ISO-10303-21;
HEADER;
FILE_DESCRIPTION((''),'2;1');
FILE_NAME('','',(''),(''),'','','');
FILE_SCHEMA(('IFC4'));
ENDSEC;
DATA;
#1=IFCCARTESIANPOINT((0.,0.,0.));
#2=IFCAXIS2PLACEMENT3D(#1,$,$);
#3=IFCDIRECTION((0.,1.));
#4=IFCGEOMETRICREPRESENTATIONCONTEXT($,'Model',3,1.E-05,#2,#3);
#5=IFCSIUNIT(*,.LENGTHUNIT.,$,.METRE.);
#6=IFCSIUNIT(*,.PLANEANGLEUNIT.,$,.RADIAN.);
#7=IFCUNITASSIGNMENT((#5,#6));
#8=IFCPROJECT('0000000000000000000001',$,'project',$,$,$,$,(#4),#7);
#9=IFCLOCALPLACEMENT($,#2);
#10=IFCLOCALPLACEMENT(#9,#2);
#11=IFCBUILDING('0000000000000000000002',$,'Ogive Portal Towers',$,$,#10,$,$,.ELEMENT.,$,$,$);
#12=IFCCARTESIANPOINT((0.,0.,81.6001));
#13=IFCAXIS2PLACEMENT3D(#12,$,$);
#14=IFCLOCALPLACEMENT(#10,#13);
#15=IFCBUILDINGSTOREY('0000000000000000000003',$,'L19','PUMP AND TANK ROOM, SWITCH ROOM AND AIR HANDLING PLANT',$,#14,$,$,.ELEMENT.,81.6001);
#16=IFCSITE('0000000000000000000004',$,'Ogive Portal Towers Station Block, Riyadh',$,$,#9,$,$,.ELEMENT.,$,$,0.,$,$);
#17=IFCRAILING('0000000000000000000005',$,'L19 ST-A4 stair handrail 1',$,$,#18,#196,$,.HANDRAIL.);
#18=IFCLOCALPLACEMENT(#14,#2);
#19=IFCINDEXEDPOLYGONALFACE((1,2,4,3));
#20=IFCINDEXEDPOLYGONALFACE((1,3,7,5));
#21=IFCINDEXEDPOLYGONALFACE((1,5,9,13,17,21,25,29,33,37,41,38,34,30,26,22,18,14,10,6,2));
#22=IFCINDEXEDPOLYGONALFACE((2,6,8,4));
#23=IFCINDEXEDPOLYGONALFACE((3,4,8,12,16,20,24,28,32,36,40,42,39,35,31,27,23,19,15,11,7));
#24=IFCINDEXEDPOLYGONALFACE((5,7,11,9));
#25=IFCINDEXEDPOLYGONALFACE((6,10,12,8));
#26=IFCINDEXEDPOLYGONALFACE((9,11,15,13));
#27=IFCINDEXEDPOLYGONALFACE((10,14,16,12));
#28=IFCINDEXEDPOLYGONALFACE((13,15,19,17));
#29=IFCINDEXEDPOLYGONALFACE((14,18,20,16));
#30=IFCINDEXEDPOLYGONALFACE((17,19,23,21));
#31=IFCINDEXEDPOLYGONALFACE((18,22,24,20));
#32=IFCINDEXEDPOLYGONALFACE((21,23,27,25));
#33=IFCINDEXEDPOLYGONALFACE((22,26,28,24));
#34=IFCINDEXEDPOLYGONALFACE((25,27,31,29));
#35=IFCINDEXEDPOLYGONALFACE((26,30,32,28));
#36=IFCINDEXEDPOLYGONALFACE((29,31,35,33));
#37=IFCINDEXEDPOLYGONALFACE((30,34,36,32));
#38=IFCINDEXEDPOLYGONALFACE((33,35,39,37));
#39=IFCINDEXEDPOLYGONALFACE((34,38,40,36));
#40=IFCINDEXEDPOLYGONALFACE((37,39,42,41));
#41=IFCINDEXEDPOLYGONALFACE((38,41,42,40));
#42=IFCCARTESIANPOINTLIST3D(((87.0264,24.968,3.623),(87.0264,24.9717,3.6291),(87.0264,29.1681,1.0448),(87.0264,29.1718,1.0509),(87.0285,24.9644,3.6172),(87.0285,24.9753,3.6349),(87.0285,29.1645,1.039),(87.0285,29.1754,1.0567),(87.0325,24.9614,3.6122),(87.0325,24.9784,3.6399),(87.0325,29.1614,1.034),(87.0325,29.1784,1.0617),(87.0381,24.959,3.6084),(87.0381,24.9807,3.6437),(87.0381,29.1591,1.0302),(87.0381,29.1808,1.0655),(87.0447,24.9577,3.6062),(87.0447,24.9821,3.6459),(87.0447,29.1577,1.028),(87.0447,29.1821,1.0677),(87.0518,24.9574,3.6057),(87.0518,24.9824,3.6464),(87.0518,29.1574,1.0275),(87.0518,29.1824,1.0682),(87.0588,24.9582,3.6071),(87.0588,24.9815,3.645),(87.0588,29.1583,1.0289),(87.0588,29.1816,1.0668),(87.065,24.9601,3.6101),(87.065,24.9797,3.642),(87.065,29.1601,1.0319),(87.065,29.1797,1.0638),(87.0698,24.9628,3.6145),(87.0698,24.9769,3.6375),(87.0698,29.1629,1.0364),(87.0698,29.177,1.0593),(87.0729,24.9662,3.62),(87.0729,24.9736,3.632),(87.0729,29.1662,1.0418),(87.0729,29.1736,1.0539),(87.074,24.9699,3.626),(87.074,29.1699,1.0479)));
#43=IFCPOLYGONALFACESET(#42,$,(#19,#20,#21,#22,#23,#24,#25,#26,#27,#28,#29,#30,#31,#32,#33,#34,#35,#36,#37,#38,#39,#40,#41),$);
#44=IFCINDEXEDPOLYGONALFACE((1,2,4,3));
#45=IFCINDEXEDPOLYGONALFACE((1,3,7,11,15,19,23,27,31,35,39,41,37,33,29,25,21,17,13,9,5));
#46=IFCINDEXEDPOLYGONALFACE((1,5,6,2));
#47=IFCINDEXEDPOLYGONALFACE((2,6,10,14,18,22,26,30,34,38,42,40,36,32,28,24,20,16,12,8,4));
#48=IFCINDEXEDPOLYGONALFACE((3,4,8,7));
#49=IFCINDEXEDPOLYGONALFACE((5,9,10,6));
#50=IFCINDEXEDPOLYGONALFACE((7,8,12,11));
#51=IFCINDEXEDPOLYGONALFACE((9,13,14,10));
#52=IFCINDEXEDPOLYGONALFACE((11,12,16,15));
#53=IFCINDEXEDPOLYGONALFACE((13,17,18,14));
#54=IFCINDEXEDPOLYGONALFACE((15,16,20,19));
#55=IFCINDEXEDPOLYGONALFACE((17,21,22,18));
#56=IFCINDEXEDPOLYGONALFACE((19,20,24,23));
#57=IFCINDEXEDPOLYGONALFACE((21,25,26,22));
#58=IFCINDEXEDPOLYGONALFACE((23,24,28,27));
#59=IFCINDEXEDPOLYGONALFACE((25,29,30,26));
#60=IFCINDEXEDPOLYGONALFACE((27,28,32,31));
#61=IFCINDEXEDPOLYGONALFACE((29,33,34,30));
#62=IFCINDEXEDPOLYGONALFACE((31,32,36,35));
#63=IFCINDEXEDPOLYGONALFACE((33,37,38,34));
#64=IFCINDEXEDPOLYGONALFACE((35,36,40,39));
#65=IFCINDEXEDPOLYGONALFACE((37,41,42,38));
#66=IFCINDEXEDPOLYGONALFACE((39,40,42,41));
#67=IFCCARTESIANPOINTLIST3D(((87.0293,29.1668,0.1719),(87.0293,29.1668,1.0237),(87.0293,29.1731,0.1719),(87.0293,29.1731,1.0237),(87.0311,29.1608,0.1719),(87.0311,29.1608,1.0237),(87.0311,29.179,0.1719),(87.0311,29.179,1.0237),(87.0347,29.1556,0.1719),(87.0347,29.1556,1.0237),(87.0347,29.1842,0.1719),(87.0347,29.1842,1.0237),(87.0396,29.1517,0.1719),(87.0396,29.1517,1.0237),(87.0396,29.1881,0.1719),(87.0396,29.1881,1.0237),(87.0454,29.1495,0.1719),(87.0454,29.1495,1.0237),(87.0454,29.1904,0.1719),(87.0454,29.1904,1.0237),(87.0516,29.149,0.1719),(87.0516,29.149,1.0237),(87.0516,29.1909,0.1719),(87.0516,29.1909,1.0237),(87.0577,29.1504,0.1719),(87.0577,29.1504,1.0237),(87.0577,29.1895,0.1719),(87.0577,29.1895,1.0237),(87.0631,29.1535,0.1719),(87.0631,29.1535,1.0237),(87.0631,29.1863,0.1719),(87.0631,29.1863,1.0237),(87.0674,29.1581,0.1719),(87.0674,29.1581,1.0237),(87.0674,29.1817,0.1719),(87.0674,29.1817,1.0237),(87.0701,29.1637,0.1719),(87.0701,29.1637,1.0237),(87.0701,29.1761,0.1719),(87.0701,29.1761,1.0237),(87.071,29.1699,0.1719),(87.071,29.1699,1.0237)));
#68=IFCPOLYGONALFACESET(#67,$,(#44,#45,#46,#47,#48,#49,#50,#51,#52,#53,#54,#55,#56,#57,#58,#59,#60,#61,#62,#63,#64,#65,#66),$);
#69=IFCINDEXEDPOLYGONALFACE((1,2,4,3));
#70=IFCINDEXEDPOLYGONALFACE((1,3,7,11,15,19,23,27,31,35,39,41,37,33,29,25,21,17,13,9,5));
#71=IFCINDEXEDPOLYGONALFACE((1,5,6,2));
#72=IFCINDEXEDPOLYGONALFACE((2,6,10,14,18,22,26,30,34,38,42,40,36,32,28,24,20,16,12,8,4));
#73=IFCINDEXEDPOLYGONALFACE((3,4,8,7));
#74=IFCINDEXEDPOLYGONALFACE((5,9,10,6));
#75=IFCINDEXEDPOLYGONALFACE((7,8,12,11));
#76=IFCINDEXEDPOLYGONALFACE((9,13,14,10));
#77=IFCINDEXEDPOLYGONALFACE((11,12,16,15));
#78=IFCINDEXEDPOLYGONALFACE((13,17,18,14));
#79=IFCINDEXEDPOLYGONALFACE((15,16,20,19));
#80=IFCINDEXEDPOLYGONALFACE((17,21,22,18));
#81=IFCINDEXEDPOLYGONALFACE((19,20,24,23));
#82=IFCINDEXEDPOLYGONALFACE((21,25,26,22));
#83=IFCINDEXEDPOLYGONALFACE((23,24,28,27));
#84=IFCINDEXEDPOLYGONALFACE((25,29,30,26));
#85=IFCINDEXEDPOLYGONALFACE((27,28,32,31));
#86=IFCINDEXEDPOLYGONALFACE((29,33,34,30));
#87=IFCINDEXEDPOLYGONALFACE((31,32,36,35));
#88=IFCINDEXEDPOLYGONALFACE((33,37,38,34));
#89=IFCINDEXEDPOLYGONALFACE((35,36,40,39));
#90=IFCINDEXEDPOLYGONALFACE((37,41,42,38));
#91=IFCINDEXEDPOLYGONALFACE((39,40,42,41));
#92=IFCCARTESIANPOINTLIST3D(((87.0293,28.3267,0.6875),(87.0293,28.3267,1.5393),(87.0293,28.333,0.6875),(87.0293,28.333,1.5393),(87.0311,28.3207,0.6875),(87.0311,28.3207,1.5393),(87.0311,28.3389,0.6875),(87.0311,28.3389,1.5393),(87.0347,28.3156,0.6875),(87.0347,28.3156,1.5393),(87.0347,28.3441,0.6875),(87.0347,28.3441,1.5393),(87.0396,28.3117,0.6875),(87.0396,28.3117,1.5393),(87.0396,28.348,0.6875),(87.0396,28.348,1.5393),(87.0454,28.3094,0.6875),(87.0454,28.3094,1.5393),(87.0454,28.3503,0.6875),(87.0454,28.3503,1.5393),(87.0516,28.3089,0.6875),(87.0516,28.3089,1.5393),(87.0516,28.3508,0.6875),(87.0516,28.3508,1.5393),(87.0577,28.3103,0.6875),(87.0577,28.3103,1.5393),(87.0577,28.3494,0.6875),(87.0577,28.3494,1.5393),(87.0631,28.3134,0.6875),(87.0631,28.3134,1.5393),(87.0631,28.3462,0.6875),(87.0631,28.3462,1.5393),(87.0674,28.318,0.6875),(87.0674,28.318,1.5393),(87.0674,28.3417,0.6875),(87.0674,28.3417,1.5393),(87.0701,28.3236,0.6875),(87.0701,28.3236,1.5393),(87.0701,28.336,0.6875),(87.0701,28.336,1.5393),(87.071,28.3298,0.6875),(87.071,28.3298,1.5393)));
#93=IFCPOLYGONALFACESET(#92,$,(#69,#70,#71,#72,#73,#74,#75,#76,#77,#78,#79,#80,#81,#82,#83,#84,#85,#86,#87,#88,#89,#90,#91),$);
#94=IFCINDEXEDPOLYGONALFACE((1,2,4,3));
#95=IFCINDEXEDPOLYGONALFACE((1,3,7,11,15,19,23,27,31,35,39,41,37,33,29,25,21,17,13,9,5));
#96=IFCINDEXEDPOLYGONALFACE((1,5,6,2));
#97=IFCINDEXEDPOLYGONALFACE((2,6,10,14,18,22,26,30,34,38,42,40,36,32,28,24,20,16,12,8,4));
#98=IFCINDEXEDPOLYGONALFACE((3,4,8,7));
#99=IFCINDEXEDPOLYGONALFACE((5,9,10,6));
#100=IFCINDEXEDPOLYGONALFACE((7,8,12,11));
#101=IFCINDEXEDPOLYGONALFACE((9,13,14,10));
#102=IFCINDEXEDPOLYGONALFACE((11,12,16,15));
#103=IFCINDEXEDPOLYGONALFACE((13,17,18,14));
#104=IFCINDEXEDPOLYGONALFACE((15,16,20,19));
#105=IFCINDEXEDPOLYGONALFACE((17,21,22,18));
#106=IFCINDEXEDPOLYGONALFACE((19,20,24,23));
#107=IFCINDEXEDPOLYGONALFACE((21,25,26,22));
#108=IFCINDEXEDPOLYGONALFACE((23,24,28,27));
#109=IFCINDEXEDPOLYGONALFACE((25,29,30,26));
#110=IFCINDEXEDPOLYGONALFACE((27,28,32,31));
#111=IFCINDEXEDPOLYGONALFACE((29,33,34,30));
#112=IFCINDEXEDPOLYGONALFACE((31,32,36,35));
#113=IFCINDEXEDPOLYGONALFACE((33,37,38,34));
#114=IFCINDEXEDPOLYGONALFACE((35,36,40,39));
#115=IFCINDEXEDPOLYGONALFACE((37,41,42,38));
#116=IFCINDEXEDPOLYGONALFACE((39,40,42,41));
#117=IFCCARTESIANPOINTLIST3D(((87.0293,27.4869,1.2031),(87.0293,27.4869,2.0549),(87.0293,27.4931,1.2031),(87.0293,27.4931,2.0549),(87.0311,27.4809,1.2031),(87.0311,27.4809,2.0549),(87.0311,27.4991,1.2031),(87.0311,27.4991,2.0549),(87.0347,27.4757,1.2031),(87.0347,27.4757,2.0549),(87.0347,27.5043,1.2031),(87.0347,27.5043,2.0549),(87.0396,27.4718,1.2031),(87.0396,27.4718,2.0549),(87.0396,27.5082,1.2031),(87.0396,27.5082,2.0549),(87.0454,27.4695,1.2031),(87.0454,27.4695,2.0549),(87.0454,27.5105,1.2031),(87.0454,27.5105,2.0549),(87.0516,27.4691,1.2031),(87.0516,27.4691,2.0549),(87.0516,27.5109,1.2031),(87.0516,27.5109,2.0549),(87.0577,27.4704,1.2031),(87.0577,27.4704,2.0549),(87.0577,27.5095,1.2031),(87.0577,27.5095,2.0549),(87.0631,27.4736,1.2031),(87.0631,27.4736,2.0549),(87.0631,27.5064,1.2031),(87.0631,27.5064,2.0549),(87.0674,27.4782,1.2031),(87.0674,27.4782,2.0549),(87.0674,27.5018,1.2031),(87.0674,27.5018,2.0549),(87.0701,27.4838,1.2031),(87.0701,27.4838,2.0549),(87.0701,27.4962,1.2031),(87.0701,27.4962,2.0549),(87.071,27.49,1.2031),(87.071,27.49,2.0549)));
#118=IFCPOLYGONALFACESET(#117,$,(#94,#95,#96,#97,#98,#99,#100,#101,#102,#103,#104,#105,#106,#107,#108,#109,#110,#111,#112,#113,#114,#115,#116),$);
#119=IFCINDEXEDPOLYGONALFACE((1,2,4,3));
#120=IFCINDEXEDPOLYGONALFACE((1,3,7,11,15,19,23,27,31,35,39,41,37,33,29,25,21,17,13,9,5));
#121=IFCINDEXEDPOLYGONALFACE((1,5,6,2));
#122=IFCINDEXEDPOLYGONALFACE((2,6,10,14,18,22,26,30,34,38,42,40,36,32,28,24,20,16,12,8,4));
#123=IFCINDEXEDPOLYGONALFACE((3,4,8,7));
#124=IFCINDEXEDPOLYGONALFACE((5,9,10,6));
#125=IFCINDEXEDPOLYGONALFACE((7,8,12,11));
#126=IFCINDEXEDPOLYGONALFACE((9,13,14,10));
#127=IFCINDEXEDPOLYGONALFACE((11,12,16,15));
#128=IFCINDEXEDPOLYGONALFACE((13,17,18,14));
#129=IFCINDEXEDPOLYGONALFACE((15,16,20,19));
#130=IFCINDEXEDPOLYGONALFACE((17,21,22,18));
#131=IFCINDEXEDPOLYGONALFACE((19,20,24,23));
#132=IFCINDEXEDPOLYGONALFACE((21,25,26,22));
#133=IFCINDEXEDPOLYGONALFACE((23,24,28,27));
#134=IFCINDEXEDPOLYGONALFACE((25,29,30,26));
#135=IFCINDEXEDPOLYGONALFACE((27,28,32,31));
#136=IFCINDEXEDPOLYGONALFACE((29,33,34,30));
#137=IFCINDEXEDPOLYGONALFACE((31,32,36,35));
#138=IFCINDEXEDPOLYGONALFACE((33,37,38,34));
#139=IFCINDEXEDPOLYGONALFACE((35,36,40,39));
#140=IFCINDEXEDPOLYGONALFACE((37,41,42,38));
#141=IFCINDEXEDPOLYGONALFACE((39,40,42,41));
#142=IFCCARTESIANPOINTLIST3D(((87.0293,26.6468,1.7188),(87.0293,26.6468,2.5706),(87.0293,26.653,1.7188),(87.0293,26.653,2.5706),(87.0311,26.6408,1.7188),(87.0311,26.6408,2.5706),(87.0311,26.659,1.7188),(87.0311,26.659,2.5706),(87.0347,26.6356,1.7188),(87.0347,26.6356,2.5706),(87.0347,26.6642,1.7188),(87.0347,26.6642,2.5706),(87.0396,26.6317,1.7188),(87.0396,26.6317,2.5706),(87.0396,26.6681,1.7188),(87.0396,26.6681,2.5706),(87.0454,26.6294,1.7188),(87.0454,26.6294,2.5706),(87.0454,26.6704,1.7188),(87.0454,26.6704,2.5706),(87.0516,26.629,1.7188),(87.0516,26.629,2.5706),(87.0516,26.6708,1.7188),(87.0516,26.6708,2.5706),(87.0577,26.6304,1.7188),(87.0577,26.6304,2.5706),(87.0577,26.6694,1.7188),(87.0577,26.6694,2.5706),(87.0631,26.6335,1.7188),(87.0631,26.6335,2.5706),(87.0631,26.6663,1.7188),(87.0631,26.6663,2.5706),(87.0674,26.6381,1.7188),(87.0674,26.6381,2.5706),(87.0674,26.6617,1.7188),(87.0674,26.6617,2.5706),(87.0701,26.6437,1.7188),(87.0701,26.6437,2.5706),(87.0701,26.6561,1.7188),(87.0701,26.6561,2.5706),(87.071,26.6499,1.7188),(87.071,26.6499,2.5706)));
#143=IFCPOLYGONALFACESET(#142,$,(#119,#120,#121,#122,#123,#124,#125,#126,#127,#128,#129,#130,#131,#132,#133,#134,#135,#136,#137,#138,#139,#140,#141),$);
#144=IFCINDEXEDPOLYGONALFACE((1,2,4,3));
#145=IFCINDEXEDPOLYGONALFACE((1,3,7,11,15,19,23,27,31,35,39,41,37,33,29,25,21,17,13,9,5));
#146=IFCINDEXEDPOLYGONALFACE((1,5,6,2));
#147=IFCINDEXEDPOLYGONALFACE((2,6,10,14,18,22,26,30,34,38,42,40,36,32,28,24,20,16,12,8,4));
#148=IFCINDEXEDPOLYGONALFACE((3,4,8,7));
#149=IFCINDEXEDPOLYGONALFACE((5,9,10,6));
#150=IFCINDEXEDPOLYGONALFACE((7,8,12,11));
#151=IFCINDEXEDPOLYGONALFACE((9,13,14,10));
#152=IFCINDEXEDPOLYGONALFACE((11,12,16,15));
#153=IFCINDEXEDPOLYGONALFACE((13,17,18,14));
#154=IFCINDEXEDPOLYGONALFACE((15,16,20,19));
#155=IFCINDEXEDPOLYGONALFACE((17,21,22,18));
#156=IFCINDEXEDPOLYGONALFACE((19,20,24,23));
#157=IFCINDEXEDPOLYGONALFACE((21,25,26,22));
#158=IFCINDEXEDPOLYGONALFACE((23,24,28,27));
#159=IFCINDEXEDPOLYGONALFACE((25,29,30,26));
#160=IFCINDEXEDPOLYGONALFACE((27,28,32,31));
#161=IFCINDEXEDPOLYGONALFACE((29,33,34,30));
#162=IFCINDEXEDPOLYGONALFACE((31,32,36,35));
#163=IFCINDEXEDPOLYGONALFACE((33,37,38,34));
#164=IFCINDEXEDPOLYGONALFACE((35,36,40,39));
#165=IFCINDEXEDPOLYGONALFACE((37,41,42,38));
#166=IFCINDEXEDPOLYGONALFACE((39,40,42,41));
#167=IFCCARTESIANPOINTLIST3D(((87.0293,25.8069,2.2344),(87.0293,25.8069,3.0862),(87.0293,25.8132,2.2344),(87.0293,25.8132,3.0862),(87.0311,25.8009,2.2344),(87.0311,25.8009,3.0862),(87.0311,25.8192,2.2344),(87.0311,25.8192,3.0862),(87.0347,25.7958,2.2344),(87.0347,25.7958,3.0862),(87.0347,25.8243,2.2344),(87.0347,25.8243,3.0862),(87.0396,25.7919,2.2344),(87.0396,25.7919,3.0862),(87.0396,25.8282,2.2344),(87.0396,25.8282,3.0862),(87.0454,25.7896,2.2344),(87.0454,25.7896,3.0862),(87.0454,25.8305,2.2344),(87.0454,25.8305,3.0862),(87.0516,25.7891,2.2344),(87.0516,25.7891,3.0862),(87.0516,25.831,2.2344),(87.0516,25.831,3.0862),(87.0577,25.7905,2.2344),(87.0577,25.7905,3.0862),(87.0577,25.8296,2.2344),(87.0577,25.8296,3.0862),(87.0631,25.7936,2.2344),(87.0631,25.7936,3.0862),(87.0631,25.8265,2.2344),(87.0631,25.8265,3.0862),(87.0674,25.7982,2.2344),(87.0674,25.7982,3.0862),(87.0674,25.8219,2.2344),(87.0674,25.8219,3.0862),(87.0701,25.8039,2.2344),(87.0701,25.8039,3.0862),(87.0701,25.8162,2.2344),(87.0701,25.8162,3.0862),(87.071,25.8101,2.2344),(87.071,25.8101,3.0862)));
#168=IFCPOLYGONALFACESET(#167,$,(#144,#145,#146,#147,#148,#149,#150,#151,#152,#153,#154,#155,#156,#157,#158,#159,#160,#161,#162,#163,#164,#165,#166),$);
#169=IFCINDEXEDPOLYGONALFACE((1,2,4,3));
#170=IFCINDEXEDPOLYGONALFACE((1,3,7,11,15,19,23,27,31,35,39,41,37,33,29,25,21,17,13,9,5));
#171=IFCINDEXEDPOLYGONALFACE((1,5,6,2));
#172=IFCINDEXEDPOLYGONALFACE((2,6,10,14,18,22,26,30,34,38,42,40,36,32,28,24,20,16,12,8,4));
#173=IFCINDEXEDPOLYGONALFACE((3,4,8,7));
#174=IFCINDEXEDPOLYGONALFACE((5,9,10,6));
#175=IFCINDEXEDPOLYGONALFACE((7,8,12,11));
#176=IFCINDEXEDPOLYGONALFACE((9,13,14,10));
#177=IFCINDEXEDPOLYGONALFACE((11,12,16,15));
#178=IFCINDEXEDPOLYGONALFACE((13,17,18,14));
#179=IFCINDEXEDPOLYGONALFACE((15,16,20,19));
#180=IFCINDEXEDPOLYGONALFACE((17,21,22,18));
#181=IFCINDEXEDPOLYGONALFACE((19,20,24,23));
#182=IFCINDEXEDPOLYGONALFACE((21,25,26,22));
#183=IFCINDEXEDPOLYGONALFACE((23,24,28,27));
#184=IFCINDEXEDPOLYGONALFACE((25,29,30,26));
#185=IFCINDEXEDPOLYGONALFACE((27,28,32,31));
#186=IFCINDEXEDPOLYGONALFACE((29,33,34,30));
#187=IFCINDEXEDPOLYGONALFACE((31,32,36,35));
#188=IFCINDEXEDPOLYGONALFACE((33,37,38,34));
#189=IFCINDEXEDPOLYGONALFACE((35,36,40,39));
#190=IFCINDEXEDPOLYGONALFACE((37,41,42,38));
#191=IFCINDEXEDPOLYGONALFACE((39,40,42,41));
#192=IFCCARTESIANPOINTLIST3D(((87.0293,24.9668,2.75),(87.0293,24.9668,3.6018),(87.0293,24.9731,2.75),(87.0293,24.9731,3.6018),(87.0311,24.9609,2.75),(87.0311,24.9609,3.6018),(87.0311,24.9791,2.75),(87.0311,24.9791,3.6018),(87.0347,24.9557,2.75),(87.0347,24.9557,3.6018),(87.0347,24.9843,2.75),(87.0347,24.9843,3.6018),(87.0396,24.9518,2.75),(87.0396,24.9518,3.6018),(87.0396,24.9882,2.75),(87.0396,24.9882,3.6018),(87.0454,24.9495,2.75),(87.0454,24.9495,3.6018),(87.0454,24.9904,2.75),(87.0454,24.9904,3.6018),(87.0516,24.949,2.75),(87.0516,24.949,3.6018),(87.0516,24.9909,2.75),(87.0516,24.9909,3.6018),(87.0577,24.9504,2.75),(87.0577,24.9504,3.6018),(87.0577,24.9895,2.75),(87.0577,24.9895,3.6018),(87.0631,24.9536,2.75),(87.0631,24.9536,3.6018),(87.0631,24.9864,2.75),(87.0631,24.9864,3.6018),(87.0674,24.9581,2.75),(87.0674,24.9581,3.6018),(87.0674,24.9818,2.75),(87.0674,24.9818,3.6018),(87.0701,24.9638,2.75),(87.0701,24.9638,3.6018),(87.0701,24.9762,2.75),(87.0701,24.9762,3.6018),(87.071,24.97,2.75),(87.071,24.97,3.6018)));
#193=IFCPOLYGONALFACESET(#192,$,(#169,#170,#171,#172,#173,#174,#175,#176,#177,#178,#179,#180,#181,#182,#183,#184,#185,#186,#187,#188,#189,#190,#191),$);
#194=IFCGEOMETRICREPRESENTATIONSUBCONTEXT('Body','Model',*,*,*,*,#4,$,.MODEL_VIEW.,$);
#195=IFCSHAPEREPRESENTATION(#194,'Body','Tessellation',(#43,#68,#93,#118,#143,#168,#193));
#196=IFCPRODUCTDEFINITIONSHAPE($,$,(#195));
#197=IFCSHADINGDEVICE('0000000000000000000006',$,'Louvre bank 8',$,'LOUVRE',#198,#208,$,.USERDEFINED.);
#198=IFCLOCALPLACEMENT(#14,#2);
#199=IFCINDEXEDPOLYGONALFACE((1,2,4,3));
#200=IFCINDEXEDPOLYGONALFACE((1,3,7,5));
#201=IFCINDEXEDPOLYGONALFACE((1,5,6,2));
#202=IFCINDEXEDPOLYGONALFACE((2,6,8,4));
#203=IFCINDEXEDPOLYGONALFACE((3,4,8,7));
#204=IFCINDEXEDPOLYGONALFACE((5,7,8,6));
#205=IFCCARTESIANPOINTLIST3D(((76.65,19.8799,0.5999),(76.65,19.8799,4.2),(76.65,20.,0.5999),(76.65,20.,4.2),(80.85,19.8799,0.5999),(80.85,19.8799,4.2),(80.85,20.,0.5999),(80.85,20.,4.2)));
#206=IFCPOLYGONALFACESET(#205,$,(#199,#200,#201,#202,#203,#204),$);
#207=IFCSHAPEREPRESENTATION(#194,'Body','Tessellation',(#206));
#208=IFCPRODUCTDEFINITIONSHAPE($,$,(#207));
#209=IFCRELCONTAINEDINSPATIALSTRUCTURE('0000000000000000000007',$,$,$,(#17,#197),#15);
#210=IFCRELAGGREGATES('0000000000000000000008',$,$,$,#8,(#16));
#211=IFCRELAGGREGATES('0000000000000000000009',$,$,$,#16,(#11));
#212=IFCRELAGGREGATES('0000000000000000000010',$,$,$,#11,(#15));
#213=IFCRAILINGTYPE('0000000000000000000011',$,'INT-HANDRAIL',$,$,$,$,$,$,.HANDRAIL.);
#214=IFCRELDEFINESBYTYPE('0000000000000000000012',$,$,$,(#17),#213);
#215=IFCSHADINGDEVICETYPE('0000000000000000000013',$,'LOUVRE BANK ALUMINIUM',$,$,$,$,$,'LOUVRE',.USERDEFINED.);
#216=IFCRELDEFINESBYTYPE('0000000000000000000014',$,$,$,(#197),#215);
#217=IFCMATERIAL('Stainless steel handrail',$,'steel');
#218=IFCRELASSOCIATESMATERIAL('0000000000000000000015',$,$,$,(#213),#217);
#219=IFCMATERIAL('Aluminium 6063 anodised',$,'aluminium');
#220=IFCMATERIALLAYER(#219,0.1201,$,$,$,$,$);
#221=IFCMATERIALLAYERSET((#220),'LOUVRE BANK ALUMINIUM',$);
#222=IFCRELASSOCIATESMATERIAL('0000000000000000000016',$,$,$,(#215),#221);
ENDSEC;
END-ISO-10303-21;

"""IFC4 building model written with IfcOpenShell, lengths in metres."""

from ifc_helpers import new_model, si_unit, direction, frame, origin, origin_2d, place, context, subcontext, project, spatial, rectangle, circle, extrude, material, layer, layer_set, type_object, element, save


model = new_model("IFC4")

# Units and contexts
model_context = context("Model", 3, precision=1e-05, world=origin(), true_north=direction((0.0, 1.0)))
body_context = subcontext(model_context, "Body", "Model", "MODEL_VIEW")
ifc_project = project(units=[si_unit("LENGTHUNIT", "METRE"), si_unit("PLANEANGLEUNIT", "RADIAN")], contexts=[model_context])

# Site, building, storey
site_placement = place(None, origin())
site = spatial("IfcSite", under=ifc_project, at=site_placement, Name="Ogive Portal Towers Station Block, Riyadh", CompositionType="ELEMENT", RefElevation=0.0)
building_placement = place(site_placement, origin())
building = spatial("IfcBuilding", under=site, at=building_placement, Name="Ogive Portal Towers", CompositionType="ELEMENT")
storey_placement = place(building_placement, frame((0.0, 0.0, 81.6001)))
storey = spatial("IfcBuildingStorey", under=building, at=storey_placement, Name="L19", Description="PUMP AND TANK ROOM, SWITCH ROOM AND AIR HANDLING PLANT", CompositionType="ELEMENT", Elevation=81.6001)

# Railing
ifc_material_1 = material(Name="Stainless steel handrail", Category="steel")
railing_type_1 = type_object("IfcRailingType", Name="INT-HANDRAIL", PredefinedType="HANDRAIL", material=ifc_material_1)
railing_1_placement = place(storey_placement, frame((87.05, 29.1699, 0.1719)))
element("IfcRailing", 1, at=railing_1_placement, inside=storey, type_object=railing_type_1, Name="L19 ST-A4 stair handrail 1", PredefinedType="HANDRAIL", context=body_context, shape_type="SweptSolid", body=[
    extrude(circle(Radius=0.0239, at=origin_2d()), frame((0.0, 0.0, 0.876), z_axis=(0.0, -0.852243, 0.523146), x_axis=(1.0, 0.0, 0.0)), (0.0, 0.0, 1.0), 4.9282),
    extrude(circle(Radius=0.021, at=origin_2d()), origin(), (0.0, 0.0, 1.0), 0.8518),
    extrude(circle(Radius=0.021, at=origin_2d()), frame((0.0, -0.8401, 0.5156)), (0.0, 0.0, 1.0), 0.8518),
    extrude(circle(Radius=0.021, at=origin_2d()), frame((0.0, -1.6799, 1.0312)), (0.0, 0.0, 1.0), 0.8518),
    extrude(circle(Radius=0.021, at=origin_2d()), frame((0.0, -2.52, 1.5469)), (0.0, 0.0, 1.0), 0.8518),
    extrude(circle(Radius=0.021, at=origin_2d()), frame((0.0, -3.3599, 2.0625)), (0.0, 0.0, 1.0), 0.8518),
    extrude(circle(Radius=0.021, at=origin_2d()), frame((0.0, -4.2, 2.5781)), (0.0, 0.0, 1.0), 0.8518),
])

# Shading device
ifc_material_2 = material(Name="Aluminium 6063 anodised", Category="aluminium")
ifc_layer_1 = layer(ifc_material_2, 0.1201)
ifc_layer_set_1 = layer_set([ifc_layer_1], Name="LOUVRE BANK ALUMINIUM")
shading_device_type = type_object("IfcShadingDeviceType", Name="LOUVRE BANK ALUMINIUM", ElementType="LOUVRE", PredefinedType="USERDEFINED", material=ifc_layer_set_1)
for number, where, z_axis, x_axis, name in (
    (2, (78.75, 19.9399, 0.5999), (0.0, 0.0, 1.0), (1.0, 0.0, 0.0), "Louvre bank 8"),
):
    element("IfcShadingDevice", number, at=place(storey_placement, frame(where, z_axis=z_axis, x_axis=x_axis)), inside=storey, type_object=shading_device_type, Name=name, ObjectType="LOUVRE", PredefinedType="USERDEFINED", context=body_context, shape_type="SweptSolid", body=[
        extrude(rectangle(XDim=4.2, YDim=0.1201, at=origin_2d()), origin(), (0.0, 0.0, 1.0), 3.6001),
    ])

save(model, "model.ifc")
